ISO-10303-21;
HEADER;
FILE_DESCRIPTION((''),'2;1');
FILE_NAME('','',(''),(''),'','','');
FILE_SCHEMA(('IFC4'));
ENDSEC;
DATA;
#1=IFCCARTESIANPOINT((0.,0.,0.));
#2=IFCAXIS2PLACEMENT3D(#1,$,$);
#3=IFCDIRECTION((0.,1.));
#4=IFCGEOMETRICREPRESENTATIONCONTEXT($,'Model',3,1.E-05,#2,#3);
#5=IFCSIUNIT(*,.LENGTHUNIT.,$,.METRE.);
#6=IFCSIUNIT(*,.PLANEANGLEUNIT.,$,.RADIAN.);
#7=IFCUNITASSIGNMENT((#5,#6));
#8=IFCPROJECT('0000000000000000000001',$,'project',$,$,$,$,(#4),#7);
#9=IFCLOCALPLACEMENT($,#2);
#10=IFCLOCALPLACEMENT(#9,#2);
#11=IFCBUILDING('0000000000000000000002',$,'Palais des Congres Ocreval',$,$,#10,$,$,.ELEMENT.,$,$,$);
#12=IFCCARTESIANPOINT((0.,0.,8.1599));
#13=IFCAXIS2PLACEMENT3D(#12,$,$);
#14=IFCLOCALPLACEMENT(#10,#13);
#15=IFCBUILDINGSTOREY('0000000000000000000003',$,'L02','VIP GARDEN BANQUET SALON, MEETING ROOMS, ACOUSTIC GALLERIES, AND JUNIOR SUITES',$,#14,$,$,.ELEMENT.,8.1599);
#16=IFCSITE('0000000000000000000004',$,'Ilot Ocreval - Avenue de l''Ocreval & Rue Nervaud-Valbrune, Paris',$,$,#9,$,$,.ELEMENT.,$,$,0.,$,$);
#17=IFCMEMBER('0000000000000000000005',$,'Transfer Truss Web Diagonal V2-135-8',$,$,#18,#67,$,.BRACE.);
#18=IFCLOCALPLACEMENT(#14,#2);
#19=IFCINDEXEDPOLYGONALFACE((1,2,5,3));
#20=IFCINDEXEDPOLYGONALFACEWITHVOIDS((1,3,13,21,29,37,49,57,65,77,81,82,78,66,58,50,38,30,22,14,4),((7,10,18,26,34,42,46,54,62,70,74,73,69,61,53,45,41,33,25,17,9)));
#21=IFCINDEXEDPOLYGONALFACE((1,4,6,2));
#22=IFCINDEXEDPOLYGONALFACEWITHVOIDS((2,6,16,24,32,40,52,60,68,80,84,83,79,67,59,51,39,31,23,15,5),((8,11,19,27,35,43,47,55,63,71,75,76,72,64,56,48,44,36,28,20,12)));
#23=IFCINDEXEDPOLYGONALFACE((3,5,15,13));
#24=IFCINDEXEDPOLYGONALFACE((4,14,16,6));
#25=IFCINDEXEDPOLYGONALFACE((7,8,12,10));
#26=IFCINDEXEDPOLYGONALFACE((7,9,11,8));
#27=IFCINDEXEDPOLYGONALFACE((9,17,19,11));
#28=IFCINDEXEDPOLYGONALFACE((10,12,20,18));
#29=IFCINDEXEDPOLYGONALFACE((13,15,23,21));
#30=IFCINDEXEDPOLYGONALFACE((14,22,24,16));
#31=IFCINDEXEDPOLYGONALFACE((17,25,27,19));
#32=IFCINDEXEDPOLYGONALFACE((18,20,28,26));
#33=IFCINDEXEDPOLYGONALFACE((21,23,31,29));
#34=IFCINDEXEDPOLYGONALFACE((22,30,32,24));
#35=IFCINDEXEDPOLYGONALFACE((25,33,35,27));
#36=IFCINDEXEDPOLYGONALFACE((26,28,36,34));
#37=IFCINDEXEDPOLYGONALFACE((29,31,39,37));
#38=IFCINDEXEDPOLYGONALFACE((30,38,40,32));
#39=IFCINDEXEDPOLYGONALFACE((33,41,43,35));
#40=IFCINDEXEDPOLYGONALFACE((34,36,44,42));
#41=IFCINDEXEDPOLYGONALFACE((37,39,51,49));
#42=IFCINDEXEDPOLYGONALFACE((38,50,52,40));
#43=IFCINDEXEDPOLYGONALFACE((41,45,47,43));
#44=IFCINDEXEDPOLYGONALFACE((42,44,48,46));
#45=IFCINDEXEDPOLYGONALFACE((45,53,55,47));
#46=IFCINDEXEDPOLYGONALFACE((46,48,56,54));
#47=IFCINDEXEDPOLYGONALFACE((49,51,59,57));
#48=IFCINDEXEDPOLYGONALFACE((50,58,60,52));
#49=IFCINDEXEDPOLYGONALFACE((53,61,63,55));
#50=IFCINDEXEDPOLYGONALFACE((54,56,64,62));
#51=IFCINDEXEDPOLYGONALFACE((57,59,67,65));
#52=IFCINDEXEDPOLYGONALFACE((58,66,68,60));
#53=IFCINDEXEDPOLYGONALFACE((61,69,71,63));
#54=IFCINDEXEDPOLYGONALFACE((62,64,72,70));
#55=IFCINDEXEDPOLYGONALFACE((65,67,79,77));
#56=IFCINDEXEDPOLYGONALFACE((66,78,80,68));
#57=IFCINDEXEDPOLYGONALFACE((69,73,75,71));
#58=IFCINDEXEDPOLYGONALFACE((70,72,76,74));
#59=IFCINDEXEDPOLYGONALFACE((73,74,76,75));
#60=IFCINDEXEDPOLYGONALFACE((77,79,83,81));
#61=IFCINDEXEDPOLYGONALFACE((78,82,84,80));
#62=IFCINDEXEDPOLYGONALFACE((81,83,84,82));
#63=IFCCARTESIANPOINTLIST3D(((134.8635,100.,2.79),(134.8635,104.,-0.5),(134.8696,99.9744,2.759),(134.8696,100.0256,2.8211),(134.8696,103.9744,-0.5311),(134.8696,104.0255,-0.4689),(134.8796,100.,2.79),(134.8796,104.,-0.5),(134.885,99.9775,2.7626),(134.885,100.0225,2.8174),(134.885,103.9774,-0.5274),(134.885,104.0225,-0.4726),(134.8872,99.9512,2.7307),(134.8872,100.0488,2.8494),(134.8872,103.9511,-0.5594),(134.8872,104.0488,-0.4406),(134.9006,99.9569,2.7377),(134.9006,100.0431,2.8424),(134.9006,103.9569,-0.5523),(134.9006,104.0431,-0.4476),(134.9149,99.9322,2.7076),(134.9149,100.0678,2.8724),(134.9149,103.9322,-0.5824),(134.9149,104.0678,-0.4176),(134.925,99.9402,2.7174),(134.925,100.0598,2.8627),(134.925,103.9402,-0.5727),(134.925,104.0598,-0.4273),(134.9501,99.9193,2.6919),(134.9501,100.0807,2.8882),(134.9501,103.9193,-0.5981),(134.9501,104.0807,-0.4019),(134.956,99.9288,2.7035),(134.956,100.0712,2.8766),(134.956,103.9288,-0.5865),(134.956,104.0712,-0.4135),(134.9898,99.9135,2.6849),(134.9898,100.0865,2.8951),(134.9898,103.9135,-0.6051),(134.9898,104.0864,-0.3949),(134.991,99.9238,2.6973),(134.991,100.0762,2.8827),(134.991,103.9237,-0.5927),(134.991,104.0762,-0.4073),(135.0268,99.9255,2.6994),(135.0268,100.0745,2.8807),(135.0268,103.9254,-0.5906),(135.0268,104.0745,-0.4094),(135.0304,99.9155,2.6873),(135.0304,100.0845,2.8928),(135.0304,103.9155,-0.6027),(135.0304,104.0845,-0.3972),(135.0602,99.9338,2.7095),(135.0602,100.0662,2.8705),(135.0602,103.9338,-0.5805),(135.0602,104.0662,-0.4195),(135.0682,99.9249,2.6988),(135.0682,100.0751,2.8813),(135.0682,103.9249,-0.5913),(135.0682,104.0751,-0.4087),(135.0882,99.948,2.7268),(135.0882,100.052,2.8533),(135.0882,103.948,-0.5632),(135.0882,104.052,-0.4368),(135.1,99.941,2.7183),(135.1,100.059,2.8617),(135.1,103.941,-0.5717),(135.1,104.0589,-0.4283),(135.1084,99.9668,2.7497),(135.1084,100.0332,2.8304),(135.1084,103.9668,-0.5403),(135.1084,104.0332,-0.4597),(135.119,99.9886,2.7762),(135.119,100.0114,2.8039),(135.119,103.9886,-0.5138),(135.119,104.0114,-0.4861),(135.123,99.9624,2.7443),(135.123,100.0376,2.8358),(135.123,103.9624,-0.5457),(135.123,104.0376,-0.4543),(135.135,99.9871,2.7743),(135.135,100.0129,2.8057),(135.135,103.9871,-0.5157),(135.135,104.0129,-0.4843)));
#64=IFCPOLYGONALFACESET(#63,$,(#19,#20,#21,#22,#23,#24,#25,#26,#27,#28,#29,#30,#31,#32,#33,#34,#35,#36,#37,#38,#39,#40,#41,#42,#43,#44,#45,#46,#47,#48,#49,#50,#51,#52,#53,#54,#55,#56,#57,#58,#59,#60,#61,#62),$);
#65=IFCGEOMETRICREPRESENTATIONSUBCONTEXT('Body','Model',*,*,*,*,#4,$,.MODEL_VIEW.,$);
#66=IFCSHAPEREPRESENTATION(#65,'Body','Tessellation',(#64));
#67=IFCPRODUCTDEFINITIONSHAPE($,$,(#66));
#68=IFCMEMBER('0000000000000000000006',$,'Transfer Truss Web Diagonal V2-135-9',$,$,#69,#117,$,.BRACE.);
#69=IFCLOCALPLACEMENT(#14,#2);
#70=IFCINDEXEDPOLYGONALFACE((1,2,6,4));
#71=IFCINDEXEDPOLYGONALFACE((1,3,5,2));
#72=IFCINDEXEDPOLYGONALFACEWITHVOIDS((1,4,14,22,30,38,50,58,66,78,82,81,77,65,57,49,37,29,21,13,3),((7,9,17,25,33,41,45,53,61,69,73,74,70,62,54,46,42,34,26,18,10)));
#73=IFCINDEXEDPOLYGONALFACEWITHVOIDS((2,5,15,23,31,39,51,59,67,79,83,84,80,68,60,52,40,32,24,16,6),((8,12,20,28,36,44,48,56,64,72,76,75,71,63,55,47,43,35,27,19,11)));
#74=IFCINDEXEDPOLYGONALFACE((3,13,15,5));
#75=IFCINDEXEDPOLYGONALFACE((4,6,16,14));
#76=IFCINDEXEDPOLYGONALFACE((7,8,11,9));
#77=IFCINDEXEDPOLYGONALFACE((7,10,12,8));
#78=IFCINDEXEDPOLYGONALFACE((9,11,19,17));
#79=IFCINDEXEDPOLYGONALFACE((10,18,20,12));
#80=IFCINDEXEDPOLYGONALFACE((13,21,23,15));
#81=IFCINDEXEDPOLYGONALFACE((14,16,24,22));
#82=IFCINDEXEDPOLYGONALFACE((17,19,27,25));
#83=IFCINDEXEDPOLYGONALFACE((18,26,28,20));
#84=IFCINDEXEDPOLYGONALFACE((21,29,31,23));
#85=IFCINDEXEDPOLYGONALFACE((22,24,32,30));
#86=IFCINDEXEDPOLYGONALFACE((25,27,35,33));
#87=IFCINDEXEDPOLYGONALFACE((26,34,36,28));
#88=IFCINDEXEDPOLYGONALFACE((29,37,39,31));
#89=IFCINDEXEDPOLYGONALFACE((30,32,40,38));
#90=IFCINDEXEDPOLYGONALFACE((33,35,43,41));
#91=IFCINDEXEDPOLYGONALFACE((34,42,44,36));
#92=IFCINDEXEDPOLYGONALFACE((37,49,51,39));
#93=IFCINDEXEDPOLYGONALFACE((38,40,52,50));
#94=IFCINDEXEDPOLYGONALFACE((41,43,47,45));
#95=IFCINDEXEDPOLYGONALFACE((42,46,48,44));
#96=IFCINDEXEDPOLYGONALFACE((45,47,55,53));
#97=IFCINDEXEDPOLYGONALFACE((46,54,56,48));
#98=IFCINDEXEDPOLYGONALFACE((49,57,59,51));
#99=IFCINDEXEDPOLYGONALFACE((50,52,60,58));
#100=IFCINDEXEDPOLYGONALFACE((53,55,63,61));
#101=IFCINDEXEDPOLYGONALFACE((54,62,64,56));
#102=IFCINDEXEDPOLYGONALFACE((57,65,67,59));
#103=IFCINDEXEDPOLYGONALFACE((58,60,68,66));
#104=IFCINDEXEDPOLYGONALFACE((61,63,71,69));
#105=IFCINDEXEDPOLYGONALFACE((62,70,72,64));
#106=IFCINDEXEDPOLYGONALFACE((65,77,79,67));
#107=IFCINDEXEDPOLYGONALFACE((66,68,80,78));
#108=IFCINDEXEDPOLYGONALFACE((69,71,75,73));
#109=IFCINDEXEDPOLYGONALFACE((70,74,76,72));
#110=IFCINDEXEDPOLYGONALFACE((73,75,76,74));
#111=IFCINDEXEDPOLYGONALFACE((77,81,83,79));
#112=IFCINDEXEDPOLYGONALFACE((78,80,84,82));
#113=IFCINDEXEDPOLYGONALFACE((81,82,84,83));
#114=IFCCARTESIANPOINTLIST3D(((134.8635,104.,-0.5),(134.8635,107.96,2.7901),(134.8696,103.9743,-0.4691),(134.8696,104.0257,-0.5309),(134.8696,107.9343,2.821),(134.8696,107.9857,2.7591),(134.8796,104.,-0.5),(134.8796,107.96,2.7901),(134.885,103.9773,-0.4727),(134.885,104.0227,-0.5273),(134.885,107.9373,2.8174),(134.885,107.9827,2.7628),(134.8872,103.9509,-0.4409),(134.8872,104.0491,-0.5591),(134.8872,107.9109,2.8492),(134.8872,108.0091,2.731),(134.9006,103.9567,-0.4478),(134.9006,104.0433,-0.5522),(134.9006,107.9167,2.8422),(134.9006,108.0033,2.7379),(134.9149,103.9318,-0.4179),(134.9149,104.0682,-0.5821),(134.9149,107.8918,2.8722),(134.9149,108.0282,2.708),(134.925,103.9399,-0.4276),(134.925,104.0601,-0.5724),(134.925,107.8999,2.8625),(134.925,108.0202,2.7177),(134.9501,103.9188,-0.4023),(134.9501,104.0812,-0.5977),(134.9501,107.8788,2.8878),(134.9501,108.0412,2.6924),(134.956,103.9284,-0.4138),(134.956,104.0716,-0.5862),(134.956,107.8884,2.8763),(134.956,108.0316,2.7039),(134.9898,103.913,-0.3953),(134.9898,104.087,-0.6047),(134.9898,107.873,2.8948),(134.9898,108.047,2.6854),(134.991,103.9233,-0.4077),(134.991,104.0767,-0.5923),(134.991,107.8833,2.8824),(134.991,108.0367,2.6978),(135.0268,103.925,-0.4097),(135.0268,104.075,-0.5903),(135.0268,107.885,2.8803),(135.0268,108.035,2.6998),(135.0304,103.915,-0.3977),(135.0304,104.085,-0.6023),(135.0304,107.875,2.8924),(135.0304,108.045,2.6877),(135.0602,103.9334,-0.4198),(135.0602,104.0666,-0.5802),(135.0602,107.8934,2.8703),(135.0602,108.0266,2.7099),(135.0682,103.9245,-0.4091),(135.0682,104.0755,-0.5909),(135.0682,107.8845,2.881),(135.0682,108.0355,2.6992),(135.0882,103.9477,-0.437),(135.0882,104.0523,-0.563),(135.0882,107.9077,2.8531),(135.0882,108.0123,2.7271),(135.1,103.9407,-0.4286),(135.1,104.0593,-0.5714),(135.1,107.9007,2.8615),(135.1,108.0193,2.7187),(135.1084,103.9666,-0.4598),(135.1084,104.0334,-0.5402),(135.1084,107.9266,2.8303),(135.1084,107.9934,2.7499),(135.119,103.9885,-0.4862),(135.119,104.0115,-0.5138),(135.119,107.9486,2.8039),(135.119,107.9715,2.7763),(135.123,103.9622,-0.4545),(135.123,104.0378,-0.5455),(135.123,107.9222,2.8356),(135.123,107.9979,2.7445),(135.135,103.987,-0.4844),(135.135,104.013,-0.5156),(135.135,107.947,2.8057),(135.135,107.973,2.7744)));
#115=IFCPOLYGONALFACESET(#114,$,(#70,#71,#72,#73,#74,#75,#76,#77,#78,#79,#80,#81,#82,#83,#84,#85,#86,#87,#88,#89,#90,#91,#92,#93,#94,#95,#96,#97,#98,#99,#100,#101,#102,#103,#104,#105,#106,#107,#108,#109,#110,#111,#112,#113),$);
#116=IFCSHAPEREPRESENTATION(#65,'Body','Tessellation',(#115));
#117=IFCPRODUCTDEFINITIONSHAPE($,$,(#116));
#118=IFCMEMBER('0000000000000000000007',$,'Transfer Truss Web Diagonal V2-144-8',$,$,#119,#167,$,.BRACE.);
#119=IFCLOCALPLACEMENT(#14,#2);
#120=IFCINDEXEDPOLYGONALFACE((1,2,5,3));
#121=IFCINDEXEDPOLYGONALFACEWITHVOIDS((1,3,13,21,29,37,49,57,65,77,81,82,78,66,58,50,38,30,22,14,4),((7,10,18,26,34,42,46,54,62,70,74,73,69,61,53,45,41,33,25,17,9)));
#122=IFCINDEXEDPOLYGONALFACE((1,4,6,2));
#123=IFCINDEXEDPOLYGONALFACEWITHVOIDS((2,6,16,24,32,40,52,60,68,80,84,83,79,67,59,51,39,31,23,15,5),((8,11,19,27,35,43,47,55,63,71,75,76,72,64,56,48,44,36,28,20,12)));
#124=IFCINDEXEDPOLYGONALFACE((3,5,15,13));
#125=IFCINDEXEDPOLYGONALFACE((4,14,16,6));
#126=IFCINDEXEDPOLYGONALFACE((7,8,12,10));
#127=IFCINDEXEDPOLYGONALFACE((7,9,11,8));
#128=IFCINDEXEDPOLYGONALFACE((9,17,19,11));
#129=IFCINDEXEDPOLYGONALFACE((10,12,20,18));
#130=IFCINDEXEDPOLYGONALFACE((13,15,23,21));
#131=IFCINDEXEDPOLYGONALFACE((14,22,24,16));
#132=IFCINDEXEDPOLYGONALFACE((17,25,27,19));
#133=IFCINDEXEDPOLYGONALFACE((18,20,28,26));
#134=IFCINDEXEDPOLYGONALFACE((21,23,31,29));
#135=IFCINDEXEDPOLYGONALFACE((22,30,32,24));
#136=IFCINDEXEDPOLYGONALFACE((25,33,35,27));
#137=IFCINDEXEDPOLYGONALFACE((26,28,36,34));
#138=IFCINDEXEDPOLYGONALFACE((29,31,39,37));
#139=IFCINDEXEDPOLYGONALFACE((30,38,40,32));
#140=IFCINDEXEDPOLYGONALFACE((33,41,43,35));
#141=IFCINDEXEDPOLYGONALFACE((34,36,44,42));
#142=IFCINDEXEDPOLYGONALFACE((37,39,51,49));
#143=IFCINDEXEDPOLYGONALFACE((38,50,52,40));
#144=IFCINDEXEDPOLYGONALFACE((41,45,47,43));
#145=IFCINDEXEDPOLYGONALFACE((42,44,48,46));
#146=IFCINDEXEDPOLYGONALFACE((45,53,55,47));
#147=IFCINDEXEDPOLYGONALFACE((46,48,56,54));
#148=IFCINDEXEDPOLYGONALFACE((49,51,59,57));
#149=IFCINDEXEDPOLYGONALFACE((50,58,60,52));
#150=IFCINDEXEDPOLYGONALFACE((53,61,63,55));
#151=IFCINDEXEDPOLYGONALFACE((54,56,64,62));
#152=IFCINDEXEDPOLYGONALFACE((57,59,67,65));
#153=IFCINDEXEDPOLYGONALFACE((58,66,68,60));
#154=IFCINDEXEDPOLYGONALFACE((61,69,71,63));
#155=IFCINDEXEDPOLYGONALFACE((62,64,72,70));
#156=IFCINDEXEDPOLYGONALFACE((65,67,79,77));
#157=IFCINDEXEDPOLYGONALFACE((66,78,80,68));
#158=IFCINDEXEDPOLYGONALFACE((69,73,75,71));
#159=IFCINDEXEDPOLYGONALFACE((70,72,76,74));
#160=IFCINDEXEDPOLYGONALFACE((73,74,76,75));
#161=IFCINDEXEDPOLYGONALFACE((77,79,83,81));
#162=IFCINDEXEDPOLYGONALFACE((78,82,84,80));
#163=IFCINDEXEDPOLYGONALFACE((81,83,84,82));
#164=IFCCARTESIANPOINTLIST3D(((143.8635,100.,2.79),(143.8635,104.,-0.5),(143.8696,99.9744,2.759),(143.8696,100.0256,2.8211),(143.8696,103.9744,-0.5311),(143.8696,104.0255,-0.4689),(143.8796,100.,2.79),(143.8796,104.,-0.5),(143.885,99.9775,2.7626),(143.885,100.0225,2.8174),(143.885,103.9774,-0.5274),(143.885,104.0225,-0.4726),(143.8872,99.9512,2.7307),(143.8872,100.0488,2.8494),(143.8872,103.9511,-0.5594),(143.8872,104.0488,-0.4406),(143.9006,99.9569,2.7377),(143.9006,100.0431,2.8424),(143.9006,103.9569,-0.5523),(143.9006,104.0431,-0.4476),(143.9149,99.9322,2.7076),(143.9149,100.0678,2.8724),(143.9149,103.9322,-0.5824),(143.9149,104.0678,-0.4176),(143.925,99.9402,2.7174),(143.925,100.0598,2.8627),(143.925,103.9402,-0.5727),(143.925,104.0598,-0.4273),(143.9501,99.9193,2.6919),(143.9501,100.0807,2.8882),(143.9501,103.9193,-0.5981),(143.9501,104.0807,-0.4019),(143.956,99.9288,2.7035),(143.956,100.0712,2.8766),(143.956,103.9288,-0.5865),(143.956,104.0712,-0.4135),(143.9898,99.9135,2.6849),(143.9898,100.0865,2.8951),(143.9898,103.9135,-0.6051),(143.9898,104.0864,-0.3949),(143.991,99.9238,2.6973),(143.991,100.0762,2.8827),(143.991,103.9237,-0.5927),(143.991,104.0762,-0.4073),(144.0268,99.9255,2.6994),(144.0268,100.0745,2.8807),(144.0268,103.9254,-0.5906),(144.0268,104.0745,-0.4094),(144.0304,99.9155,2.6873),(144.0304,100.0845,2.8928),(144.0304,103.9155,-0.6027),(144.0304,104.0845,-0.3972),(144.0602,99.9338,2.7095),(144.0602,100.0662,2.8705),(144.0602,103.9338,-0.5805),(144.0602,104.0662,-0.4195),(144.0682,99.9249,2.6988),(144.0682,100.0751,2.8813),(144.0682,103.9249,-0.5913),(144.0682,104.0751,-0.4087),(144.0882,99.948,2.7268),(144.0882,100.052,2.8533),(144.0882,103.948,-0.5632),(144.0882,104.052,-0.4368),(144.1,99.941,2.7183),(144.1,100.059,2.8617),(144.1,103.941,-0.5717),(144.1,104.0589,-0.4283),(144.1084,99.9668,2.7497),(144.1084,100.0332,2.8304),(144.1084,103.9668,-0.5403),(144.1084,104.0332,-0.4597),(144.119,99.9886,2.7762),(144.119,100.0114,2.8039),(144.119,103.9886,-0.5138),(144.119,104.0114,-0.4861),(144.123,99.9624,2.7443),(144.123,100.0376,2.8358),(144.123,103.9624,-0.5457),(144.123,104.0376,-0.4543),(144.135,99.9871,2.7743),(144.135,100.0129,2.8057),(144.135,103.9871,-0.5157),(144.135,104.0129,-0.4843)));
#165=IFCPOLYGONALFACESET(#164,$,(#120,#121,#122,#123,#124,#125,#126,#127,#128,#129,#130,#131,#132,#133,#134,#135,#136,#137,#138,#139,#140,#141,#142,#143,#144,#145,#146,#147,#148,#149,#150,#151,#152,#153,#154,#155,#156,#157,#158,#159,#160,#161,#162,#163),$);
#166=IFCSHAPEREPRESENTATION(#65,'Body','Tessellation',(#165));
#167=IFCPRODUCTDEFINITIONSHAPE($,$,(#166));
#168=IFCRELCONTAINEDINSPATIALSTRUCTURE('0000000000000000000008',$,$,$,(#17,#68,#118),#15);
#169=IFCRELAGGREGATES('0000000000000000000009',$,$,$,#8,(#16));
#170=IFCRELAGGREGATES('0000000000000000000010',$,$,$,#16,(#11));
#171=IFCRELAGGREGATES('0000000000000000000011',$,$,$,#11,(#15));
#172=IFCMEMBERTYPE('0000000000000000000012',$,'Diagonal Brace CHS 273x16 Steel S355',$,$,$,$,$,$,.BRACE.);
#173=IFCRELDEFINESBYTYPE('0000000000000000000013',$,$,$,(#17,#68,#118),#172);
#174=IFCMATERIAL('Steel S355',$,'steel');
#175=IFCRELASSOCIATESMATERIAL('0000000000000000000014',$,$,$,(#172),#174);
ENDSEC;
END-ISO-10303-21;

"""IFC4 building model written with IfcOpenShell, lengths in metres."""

from ifc_helpers import new_model, si_unit, direction, frame, origin, origin_2d, place, context, subcontext, project, spatial, hollow_circle, extrude, material, material_profile, profile_set, type_object, element, save


model = new_model("IFC4")

# Units and contexts
model_context = context("Model", 3, precision=1e-05, world=origin(), true_north=direction((0.0, 1.0)))
body_context = subcontext(model_context, "Body", "Model", "MODEL_VIEW")
ifc_project = project(units=[si_unit("LENGTHUNIT", "METRE"), si_unit("PLANEANGLEUNIT", "RADIAN")], contexts=[model_context])

# Site, building, storey
site_placement = place(None, origin())
site = spatial("IfcSite", under=ifc_project, at=site_placement, Name="Ilot Ocreval - Avenue de l'Ocreval & Rue Nervaud-Valbrune, Paris", CompositionType="ELEMENT", RefElevation=0.0)
building_placement = place(site_placement, origin())
building = spatial("IfcBuilding", under=site, at=building_placement, Name="Palais des Congres Ocreval", CompositionType="ELEMENT")
storey_placement = place(building_placement, frame((0.0, 0.0, 8.1599)))
storey = spatial("IfcBuildingStorey", under=building, at=storey_placement, Name="L02", Description="VIP GARDEN BANQUET SALON, MEETING ROOMS, ACOUSTIC GALLERIES, AND JUNIOR SUITES", CompositionType="ELEMENT", Elevation=8.1599)

# Shared definitions
ifc_material_1 = material(Name="Steel S355", Category="steel")

# Members
ifc_material_profile_1 = material_profile(ifc_material_1, hollow_circle(Radius=0.1365, WallThickness=0.0161, at=origin_2d()), Name="CHS 273x16")
ifc_profile_set_1 = profile_set([ifc_material_profile_1], Name="Steel S355")
member_type_1 = type_object("IfcMemberType", Name="Diagonal Brace CHS 273x16 Steel S355", PredefinedType="BRACE", material=ifc_profile_set_1)
member_1_placement = place(storey_placement, frame((135.0, 100.0, 2.79), z_axis=(0.0, 0.772317, -0.635238), x_axis=(-1.0, 0.0, 0.0)))
element("IfcMember", 1, at=member_1_placement, inside=storey, type_object=member_type_1, Name="Transfer Truss Web Diagonal V2-135-8", PredefinedType="BRACE", context=body_context, shape_type="SweptSolid", body=[
    extrude(hollow_circle(Radius=0.1365, WallThickness=0.0161, at=origin_2d()), origin(), (0.0, 0.0, 1.0), 5.1792),
])
member_2_placement = place(storey_placement, frame((135.0, 104.0, -0.5), z_axis=(0.0, 0.769169, 0.639046), x_axis=(-1.0, 0.0, 0.0)))
element("IfcMember", 2, at=member_2_placement, inside=storey, type_object=member_type_1, Name="Transfer Truss Web Diagonal V2-135-9", PredefinedType="BRACE", context=body_context, shape_type="SweptSolid", body=[
    extrude(hollow_circle(Radius=0.1365, WallThickness=0.0161, at=origin_2d()), origin(), (0.0, 0.0, 1.0), 5.1484),
])
member_3_placement = place(storey_placement, frame((144.0, 100.0, 2.79), z_axis=(0.0, 0.772317, -0.635238), x_axis=(-1.0, 0.0, 0.0)))
element("IfcMember", 3, at=member_3_placement, inside=storey, type_object=member_type_1, Name="Transfer Truss Web Diagonal V2-144-8", PredefinedType="BRACE", context=body_context, shape_type="SweptSolid", body=[
    extrude(hollow_circle(Radius=0.1365, WallThickness=0.0161, at=origin_2d()), origin(), (0.0, 0.0, 1.0), 5.1792),
])

save(model, "model.ifc")
